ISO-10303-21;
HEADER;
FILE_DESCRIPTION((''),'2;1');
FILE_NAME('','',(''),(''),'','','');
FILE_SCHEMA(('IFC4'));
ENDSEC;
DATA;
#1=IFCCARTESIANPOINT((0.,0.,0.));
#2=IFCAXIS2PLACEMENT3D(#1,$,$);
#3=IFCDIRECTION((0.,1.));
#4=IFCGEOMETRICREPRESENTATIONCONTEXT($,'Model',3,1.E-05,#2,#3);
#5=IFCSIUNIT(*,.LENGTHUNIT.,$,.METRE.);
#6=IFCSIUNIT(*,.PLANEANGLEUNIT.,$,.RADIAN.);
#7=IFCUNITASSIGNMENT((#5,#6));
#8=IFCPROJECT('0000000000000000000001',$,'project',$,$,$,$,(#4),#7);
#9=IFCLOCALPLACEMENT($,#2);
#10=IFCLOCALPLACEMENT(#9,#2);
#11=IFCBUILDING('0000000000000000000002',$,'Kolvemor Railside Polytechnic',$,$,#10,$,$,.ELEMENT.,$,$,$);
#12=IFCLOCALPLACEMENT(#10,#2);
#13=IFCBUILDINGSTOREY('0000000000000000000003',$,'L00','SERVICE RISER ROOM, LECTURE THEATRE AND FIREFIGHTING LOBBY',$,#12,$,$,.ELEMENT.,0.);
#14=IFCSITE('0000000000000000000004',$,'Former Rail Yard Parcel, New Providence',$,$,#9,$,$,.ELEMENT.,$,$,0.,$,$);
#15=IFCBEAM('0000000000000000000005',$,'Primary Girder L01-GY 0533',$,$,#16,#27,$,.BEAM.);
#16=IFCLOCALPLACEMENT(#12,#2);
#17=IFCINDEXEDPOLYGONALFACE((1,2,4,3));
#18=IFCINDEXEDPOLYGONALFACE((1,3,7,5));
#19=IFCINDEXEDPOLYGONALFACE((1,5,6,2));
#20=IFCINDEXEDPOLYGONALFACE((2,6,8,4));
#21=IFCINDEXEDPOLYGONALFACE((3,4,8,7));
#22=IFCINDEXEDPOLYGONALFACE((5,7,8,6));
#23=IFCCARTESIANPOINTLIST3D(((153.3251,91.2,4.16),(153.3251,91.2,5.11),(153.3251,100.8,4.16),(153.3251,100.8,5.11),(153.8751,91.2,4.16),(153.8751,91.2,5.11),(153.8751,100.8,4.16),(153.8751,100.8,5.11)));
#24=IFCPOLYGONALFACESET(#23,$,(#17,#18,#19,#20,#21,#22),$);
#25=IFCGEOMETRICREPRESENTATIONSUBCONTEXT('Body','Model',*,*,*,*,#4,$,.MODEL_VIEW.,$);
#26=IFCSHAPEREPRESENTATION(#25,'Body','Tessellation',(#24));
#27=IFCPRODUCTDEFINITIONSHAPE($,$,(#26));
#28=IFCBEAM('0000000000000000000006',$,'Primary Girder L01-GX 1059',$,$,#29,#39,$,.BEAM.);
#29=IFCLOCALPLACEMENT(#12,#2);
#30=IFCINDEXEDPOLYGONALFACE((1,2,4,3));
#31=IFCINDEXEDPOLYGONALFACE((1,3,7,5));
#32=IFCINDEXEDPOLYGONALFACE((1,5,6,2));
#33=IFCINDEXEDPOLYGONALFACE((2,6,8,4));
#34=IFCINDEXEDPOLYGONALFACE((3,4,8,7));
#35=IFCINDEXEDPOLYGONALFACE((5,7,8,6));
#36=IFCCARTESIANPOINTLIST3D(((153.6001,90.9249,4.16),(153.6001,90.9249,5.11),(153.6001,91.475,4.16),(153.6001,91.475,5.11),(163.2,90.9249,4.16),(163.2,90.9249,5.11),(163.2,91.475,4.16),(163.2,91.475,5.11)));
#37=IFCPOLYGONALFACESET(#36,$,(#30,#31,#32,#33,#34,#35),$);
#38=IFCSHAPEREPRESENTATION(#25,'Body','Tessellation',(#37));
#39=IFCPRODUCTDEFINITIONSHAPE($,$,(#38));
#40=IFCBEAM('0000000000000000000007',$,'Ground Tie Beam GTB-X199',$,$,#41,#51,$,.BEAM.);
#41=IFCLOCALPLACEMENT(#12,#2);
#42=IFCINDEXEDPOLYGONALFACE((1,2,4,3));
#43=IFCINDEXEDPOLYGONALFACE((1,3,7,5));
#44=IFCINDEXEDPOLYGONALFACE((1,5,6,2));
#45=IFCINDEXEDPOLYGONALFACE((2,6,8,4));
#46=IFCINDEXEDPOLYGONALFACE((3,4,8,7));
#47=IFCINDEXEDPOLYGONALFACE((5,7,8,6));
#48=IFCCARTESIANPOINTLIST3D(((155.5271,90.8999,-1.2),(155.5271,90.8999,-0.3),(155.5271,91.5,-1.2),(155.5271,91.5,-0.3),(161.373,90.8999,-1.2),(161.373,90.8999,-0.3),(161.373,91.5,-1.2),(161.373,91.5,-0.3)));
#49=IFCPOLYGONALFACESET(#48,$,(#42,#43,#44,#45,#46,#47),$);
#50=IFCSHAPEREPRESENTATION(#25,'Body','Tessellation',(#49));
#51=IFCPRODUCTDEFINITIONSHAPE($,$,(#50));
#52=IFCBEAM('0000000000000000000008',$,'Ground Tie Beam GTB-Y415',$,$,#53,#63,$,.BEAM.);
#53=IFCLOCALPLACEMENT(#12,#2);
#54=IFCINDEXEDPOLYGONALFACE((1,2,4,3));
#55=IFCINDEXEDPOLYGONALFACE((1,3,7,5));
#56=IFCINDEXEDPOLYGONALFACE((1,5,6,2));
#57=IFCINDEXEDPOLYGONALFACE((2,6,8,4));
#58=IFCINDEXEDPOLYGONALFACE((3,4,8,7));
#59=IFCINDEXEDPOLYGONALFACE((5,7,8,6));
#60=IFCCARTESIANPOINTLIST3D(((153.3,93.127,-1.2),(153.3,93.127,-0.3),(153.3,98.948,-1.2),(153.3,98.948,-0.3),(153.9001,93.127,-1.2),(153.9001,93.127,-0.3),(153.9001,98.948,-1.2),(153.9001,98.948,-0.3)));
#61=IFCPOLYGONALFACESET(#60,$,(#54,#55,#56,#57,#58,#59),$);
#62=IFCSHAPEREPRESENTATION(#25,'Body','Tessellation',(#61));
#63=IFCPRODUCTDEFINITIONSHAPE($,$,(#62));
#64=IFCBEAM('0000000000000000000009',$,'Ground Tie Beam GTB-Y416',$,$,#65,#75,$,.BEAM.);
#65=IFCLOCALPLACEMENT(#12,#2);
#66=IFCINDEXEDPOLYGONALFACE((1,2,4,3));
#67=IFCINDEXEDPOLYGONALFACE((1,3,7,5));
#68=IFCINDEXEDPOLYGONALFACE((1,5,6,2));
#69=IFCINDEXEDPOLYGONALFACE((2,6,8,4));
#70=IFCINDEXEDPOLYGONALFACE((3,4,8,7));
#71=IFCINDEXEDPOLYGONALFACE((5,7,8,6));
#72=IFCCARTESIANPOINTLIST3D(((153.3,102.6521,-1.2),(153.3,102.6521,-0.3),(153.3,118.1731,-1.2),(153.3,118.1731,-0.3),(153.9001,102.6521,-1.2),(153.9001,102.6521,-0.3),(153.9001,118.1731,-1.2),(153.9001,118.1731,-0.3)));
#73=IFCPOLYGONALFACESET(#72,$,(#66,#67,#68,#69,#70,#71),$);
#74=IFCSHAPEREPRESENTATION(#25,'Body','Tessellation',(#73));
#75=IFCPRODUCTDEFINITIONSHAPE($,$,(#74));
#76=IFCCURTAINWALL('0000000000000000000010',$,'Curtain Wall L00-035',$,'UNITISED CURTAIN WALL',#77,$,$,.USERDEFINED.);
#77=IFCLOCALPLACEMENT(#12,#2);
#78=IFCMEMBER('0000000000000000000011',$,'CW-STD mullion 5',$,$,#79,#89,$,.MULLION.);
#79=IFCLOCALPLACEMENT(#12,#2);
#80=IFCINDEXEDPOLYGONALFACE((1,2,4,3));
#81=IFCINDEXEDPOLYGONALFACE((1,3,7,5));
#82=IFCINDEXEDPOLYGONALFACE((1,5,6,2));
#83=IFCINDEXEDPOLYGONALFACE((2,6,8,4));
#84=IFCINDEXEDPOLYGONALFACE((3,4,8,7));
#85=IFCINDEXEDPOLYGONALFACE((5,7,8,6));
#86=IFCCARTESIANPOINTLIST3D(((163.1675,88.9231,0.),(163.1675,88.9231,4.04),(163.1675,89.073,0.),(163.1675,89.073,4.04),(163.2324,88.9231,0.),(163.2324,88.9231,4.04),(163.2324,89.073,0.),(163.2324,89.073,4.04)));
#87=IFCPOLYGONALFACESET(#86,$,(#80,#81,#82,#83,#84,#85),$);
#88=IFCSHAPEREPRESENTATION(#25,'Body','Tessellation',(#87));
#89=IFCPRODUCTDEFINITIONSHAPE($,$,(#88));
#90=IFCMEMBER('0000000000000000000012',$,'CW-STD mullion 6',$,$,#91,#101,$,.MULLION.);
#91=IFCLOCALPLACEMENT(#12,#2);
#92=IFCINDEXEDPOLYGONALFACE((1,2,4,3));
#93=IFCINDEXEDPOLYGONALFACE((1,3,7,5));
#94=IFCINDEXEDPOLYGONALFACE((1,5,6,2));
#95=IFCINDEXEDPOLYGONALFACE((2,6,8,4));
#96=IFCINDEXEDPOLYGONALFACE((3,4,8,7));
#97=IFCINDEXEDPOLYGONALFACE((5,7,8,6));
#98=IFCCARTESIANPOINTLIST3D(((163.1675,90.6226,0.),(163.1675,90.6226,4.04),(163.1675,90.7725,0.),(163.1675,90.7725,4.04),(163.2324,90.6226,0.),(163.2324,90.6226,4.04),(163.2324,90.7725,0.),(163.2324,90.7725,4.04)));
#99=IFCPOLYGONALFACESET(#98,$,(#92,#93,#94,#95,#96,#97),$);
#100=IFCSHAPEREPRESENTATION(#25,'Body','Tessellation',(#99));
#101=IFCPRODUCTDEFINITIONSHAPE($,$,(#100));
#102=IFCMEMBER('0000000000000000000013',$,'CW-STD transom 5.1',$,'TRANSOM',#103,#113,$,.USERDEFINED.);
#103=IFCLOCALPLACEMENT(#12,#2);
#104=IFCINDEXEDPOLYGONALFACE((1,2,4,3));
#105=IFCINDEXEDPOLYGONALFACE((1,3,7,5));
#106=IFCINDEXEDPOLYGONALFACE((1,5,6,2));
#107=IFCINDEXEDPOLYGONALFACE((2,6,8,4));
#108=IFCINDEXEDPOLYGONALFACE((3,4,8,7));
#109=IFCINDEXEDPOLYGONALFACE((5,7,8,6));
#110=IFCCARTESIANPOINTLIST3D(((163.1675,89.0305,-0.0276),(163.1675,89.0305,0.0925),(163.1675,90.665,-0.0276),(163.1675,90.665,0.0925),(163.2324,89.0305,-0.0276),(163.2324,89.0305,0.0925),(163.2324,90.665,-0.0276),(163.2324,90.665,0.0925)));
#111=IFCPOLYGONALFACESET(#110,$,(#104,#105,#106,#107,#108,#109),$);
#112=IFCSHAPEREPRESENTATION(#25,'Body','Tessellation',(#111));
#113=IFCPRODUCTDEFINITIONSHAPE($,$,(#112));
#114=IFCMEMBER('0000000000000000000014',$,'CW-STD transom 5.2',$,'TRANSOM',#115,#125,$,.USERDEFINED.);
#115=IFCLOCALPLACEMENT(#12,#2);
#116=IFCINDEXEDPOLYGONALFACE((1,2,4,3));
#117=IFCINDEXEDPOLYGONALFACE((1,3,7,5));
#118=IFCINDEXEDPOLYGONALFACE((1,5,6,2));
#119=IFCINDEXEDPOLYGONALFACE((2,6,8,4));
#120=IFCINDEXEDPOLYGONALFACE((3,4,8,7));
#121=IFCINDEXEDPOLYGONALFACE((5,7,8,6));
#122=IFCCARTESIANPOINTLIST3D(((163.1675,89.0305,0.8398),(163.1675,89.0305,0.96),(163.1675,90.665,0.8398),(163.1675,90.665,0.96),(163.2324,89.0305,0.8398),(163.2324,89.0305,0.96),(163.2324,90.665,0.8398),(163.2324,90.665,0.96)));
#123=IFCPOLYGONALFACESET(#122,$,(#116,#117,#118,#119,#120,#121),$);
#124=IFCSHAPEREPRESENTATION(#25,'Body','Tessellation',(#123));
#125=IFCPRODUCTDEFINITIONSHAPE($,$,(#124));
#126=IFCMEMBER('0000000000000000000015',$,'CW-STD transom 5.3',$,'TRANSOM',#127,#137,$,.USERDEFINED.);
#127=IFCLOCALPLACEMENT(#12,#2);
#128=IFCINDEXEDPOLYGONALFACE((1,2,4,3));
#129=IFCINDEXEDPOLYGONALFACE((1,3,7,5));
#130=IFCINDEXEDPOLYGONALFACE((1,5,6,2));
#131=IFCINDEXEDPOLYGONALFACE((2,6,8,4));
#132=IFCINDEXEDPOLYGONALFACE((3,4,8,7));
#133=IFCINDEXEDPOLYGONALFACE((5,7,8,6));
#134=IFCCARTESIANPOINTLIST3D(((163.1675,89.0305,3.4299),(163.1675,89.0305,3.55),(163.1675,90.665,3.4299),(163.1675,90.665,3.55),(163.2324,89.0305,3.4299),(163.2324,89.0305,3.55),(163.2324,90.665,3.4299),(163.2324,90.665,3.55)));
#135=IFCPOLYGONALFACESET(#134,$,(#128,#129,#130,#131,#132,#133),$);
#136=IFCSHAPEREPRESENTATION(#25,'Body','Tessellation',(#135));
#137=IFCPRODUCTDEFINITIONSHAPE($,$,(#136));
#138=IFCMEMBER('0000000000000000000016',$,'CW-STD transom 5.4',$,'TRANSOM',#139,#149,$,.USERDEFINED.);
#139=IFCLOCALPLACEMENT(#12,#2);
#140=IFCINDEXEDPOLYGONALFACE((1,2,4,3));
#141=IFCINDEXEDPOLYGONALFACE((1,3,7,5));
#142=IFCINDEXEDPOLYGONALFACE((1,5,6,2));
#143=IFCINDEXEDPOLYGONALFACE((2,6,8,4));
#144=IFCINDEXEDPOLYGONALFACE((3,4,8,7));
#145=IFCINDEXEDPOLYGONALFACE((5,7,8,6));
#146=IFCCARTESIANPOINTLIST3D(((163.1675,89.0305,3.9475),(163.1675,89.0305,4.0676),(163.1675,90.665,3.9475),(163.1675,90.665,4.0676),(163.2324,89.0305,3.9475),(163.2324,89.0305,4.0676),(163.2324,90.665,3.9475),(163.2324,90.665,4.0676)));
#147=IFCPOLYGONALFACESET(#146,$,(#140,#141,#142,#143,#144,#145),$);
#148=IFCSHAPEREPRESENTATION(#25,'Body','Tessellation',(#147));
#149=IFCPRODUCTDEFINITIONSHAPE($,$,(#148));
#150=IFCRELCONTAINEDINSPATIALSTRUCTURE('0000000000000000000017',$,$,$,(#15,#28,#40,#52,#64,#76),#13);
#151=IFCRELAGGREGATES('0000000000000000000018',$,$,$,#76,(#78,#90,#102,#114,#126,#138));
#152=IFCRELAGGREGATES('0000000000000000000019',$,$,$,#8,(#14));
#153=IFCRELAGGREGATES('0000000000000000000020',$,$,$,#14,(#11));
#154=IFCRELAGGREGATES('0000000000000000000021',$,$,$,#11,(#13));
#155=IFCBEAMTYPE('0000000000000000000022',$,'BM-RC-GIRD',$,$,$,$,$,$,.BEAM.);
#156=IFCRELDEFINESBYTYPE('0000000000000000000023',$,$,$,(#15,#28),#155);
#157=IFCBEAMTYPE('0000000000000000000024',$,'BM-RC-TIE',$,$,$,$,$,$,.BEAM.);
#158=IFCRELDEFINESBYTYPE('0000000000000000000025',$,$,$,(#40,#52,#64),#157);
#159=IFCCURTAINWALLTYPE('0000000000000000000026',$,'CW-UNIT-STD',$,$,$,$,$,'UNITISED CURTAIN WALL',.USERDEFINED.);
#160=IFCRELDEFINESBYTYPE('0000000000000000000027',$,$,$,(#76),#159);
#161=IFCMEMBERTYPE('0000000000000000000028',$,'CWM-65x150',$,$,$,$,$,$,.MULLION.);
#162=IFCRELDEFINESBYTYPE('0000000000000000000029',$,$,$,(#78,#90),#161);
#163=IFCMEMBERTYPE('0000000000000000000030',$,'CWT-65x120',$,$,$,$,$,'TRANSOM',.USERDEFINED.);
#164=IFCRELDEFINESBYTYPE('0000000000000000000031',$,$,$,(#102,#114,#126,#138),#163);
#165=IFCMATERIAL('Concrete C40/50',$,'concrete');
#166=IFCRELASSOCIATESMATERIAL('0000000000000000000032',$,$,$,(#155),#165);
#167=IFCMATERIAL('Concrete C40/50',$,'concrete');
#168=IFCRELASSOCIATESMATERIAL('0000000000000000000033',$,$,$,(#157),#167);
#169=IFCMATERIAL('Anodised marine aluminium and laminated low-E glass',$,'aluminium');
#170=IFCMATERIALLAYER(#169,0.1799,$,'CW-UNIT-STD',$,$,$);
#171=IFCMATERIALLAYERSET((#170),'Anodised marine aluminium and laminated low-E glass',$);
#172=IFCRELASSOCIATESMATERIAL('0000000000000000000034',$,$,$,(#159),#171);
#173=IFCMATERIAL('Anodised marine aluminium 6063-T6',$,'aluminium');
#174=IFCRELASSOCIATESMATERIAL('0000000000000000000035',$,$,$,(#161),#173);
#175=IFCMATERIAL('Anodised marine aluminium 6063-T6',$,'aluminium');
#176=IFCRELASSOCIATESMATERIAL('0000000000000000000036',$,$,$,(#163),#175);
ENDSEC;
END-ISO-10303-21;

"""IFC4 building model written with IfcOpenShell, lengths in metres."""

from ifc_helpers import new_model, si_unit, direction, frame, origin, origin_2d, place, context, subcontext, project, spatial, rectangle, extrude, material, layer, layer_set, material_profile, profile_set, type_object, element, aggregate, save


model = new_model("IFC4")

# Units and contexts
model_context = context("Model", 3, precision=1e-05, world=origin(), true_north=direction((0.0, 1.0)))
body_context = subcontext(model_context, "Body", "Model", "MODEL_VIEW")
ifc_project = project(units=[si_unit("LENGTHUNIT", "METRE"), si_unit("PLANEANGLEUNIT", "RADIAN")], contexts=[model_context])

# Site, building, storey
site_placement = place(None, origin())
site = spatial("IfcSite", under=ifc_project, at=site_placement, Name="Former Rail Yard Parcel, New Providence", CompositionType="ELEMENT", RefElevation=0.0)
building_placement = place(site_placement, origin())
building = spatial("IfcBuilding", under=site, at=building_placement, Name="Kolvemor Railside Polytechnic", CompositionType="ELEMENT")
storey_placement = place(building_placement, origin())
storey = spatial("IfcBuildingStorey", under=building, at=storey_placement, Name="L00", Description="SERVICE RISER ROOM, LECTURE THEATRE AND FIREFIGHTING LOBBY", CompositionType="ELEMENT", Elevation=0.0)

# Beams
ifc_material_1 = material(Name="Concrete C40/50", Category="concrete")
ifc_material_profile_1 = material_profile(ifc_material_1, rectangle(XDim=0.55, YDim=0.95, at=origin_2d()), Name="RC550x950")
ifc_profile_set_1 = profile_set([ifc_material_profile_1], Name="Concrete C40/50")
beam_type_1 = type_object("IfcBeamType", Name="BM-RC-GIRD", PredefinedType="BEAM", material=ifc_profile_set_1)
beam_1_placement = place(storey_placement, frame((153.6001, 91.2, 4.635), z_axis=(0.0, 1.0, 0.0), x_axis=(-1.0, 0.0, 0.0)))
element("IfcBeam", 1, at=beam_1_placement, inside=storey, type_object=beam_type_1, Name="Primary Girder L01-GY 0533", PredefinedType="BEAM", context=body_context, shape_type="SweptSolid", body=[
    extrude(rectangle(XDim=0.55, YDim=0.95, at=origin_2d()), origin(), (0.0, 0.0, 1.0), 9.6001),
])
beam_2_placement = place(storey_placement, frame((153.6001, 91.2, 4.635), z_axis=(1.0, 0.0, 0.0), x_axis=(0.0, 1.0, 0.0)))
element("IfcBeam", 2, at=beam_2_placement, inside=storey, type_object=beam_type_1, Name="Primary Girder L01-GX 1059", PredefinedType="BEAM", context=body_context, shape_type="SweptSolid", body=[
    extrude(rectangle(XDim=0.55, YDim=0.95, at=origin_2d()), origin(), (0.0, 0.0, 1.0), 9.5999),
])
ifc_material_2 = material(Name="Concrete C40/50", Category="concrete")
ifc_material_profile_2 = material_profile(ifc_material_2, rectangle(XDim=0.6001, YDim=0.8999, at=origin_2d()), Name="RC600x900")
ifc_profile_set_2 = profile_set([ifc_material_profile_2], Name="Concrete C40/50")
beam_type_2 = type_object("IfcBeamType", Name="BM-RC-TIE", PredefinedType="BEAM", material=ifc_profile_set_2)
beam_3_placement = place(storey_placement, frame((155.5271, 91.2, -0.75), z_axis=(1.0, 0.0, 0.0), x_axis=(0.0, 1.0, 0.0)))
element("IfcBeam", 3, at=beam_3_placement, inside=storey, type_object=beam_type_2, Name="Ground Tie Beam GTB-X199", PredefinedType="BEAM", context=body_context, shape_type="SweptSolid", body=[
    extrude(rectangle(XDim=0.6001, YDim=0.8999, at=origin_2d()), origin(), (0.0, 0.0, 1.0), 5.8459),
])
beam_4_placement = place(storey_placement, frame((153.6001, 93.127, -0.75), z_axis=(0.0, 1.0, 0.0), x_axis=(-1.0, 0.0, 0.0)))
element("IfcBeam", 4, at=beam_4_placement, inside=storey, type_object=beam_type_2, Name="Ground Tie Beam GTB-Y415", PredefinedType="BEAM", context=body_context, shape_type="SweptSolid", body=[
    extrude(rectangle(XDim=0.6001, YDim=0.8999, at=origin_2d()), origin(), (0.0, 0.0, 1.0), 5.821),
])
beam_5_placement = place(storey_placement, frame((153.6001, 102.6521, -0.75), z_axis=(0.0, 1.0, 0.0), x_axis=(-1.0, 0.0, 0.0)))
element("IfcBeam", 5, at=beam_5_placement, inside=storey, type_object=beam_type_2, Name="Ground Tie Beam GTB-Y416", PredefinedType="BEAM", context=body_context, shape_type="SweptSolid", body=[
    extrude(rectangle(XDim=0.6001, YDim=0.8999, at=origin_2d()), origin(), (0.0, 0.0, 1.0), 15.521),
])

# Curtain wall, members
ifc_material_3 = material(Name="Anodised marine aluminium and laminated low-E glass", Category="aluminium")
ifc_layer_1 = layer(ifc_material_3, 0.1799, Name="CW-UNIT-STD")
ifc_layer_set_1 = layer_set([ifc_layer_1], Name="Anodised marine aluminium and laminated low-E glass")
curtain_wall_type = type_object("IfcCurtainWallType", Name="CW-UNIT-STD", ElementType="UNITISED CURTAIN WALL", PredefinedType="USERDEFINED", material=ifc_layer_set_1)
curtain_wall_placement = place(storey_placement, origin())
curtain_wall = element("IfcCurtainWall", 6, at=curtain_wall_placement, inside=storey, type_object=curtain_wall_type, Name="Curtain Wall L00-035", ObjectType="UNITISED CURTAIN WALL", PredefinedType="USERDEFINED")
ifc_material_4 = material(Name="Anodised marine aluminium 6063-T6", Category="aluminium")
ifc_material_profile_3 = material_profile(ifc_material_4, rectangle(XDim=0.0649, YDim=0.1499, at=origin_2d()), Name="CW-MUL-65x150")
ifc_profile_set_3 = profile_set([ifc_material_profile_3], Name="Anodised marine aluminium 6063-T6")
member_type_1 = type_object("IfcMemberType", Name="CWM-65x150", PredefinedType="MULLION", material=ifc_profile_set_3)
member_1_placement = place(storey_placement, frame((163.2, 88.998, 0.0), z_axis=(0.0, 0.0, 1.0), x_axis=(-1.0, 0.0, 0.0)))
member_1 = element("IfcMember", 7, at=member_1_placement, type_object=member_type_1, Name="CW-STD mullion 5", PredefinedType="MULLION", context=body_context, shape_type="SweptSolid", body=[
    extrude(rectangle(XDim=0.0649, YDim=0.1499, at=origin_2d()), origin(), (0.0, 0.0, 1.0), 4.04),
])
member_2_placement = place(storey_placement, frame((163.2, 90.6975, 0.0), z_axis=(0.0, 0.0, 1.0), x_axis=(-1.0, 0.0, 0.0)))
member_2 = element("IfcMember", 8, at=member_2_placement, type_object=member_type_1, Name="CW-STD mullion 6", PredefinedType="MULLION", context=body_context, shape_type="SweptSolid", body=[
    extrude(rectangle(XDim=0.0649, YDim=0.1499, at=origin_2d()), origin(), (0.0, 0.0, 1.0), 4.04),
])
ifc_material_5 = material(Name="Anodised marine aluminium 6063-T6", Category="aluminium")
ifc_material_profile_4 = material_profile(ifc_material_5, rectangle(XDim=0.0649, YDim=0.1201, at=origin_2d()), Name="CW-TRN-65x120")
ifc_profile_set_4 = profile_set([ifc_material_profile_4], Name="Anodised marine aluminium 6063-T6")
member_type_2 = type_object("IfcMemberType", Name="CWT-65x120", ElementType="TRANSOM", PredefinedType="USERDEFINED", material=ifc_profile_set_4)
member_3_placement = place(storey_placement, frame((163.2, 89.0305, 0.0325), z_axis=(0.0, 1.0, 0.0), x_axis=(-1.0, 0.0, 0.0)))
member_3 = element("IfcMember", 9, at=member_3_placement, type_object=member_type_2, Name="CW-STD transom 5.1", ObjectType="TRANSOM", PredefinedType="USERDEFINED", context=body_context, shape_type="SweptSolid", body=[
    extrude(rectangle(XDim=0.0649, YDim=0.1201, at=origin_2d()), origin(), (0.0, 0.0, 1.0), 1.6345),
])
member_4_placement = place(storey_placement, frame((163.2, 89.0305, 0.8999), z_axis=(0.0, 1.0, 0.0), x_axis=(-1.0, 0.0, 0.0)))
member_4 = element("IfcMember", 10, at=member_4_placement, type_object=member_type_2, Name="CW-STD transom 5.2", ObjectType="TRANSOM", PredefinedType="USERDEFINED", context=body_context, shape_type="SweptSolid", body=[
    extrude(rectangle(XDim=0.0649, YDim=0.1201, at=origin_2d()), origin(), (0.0, 0.0, 1.0), 1.6345),
])
member_5_placement = place(storey_placement, frame((163.2, 89.0305, 3.49), z_axis=(0.0, 1.0, 0.0), x_axis=(-1.0, 0.0, 0.0)))
member_5 = element("IfcMember", 11, at=member_5_placement, type_object=member_type_2, Name="CW-STD transom 5.3", ObjectType="TRANSOM", PredefinedType="USERDEFINED", context=body_context, shape_type="SweptSolid", body=[
    extrude(rectangle(XDim=0.0649, YDim=0.1201, at=origin_2d()), origin(), (0.0, 0.0, 1.0), 1.6345),
])
member_6_placement = place(storey_placement, frame((163.2, 89.0305, 4.0076), z_axis=(0.0, 1.0, 0.0), x_axis=(-1.0, 0.0, 0.0)))
member_6 = element("IfcMember", 12, at=member_6_placement, type_object=member_type_2, Name="CW-STD transom 5.4", ObjectType="TRANSOM", PredefinedType="USERDEFINED", context=body_context, shape_type="SweptSolid", body=[
    extrude(rectangle(XDim=0.0649, YDim=0.1201, at=origin_2d()), origin(), (0.0, 0.0, 1.0), 1.6345),
])

aggregate(curtain_wall, [member_1, member_2, member_3, member_4, member_5, member_6])

save(model, "model.ifc")
